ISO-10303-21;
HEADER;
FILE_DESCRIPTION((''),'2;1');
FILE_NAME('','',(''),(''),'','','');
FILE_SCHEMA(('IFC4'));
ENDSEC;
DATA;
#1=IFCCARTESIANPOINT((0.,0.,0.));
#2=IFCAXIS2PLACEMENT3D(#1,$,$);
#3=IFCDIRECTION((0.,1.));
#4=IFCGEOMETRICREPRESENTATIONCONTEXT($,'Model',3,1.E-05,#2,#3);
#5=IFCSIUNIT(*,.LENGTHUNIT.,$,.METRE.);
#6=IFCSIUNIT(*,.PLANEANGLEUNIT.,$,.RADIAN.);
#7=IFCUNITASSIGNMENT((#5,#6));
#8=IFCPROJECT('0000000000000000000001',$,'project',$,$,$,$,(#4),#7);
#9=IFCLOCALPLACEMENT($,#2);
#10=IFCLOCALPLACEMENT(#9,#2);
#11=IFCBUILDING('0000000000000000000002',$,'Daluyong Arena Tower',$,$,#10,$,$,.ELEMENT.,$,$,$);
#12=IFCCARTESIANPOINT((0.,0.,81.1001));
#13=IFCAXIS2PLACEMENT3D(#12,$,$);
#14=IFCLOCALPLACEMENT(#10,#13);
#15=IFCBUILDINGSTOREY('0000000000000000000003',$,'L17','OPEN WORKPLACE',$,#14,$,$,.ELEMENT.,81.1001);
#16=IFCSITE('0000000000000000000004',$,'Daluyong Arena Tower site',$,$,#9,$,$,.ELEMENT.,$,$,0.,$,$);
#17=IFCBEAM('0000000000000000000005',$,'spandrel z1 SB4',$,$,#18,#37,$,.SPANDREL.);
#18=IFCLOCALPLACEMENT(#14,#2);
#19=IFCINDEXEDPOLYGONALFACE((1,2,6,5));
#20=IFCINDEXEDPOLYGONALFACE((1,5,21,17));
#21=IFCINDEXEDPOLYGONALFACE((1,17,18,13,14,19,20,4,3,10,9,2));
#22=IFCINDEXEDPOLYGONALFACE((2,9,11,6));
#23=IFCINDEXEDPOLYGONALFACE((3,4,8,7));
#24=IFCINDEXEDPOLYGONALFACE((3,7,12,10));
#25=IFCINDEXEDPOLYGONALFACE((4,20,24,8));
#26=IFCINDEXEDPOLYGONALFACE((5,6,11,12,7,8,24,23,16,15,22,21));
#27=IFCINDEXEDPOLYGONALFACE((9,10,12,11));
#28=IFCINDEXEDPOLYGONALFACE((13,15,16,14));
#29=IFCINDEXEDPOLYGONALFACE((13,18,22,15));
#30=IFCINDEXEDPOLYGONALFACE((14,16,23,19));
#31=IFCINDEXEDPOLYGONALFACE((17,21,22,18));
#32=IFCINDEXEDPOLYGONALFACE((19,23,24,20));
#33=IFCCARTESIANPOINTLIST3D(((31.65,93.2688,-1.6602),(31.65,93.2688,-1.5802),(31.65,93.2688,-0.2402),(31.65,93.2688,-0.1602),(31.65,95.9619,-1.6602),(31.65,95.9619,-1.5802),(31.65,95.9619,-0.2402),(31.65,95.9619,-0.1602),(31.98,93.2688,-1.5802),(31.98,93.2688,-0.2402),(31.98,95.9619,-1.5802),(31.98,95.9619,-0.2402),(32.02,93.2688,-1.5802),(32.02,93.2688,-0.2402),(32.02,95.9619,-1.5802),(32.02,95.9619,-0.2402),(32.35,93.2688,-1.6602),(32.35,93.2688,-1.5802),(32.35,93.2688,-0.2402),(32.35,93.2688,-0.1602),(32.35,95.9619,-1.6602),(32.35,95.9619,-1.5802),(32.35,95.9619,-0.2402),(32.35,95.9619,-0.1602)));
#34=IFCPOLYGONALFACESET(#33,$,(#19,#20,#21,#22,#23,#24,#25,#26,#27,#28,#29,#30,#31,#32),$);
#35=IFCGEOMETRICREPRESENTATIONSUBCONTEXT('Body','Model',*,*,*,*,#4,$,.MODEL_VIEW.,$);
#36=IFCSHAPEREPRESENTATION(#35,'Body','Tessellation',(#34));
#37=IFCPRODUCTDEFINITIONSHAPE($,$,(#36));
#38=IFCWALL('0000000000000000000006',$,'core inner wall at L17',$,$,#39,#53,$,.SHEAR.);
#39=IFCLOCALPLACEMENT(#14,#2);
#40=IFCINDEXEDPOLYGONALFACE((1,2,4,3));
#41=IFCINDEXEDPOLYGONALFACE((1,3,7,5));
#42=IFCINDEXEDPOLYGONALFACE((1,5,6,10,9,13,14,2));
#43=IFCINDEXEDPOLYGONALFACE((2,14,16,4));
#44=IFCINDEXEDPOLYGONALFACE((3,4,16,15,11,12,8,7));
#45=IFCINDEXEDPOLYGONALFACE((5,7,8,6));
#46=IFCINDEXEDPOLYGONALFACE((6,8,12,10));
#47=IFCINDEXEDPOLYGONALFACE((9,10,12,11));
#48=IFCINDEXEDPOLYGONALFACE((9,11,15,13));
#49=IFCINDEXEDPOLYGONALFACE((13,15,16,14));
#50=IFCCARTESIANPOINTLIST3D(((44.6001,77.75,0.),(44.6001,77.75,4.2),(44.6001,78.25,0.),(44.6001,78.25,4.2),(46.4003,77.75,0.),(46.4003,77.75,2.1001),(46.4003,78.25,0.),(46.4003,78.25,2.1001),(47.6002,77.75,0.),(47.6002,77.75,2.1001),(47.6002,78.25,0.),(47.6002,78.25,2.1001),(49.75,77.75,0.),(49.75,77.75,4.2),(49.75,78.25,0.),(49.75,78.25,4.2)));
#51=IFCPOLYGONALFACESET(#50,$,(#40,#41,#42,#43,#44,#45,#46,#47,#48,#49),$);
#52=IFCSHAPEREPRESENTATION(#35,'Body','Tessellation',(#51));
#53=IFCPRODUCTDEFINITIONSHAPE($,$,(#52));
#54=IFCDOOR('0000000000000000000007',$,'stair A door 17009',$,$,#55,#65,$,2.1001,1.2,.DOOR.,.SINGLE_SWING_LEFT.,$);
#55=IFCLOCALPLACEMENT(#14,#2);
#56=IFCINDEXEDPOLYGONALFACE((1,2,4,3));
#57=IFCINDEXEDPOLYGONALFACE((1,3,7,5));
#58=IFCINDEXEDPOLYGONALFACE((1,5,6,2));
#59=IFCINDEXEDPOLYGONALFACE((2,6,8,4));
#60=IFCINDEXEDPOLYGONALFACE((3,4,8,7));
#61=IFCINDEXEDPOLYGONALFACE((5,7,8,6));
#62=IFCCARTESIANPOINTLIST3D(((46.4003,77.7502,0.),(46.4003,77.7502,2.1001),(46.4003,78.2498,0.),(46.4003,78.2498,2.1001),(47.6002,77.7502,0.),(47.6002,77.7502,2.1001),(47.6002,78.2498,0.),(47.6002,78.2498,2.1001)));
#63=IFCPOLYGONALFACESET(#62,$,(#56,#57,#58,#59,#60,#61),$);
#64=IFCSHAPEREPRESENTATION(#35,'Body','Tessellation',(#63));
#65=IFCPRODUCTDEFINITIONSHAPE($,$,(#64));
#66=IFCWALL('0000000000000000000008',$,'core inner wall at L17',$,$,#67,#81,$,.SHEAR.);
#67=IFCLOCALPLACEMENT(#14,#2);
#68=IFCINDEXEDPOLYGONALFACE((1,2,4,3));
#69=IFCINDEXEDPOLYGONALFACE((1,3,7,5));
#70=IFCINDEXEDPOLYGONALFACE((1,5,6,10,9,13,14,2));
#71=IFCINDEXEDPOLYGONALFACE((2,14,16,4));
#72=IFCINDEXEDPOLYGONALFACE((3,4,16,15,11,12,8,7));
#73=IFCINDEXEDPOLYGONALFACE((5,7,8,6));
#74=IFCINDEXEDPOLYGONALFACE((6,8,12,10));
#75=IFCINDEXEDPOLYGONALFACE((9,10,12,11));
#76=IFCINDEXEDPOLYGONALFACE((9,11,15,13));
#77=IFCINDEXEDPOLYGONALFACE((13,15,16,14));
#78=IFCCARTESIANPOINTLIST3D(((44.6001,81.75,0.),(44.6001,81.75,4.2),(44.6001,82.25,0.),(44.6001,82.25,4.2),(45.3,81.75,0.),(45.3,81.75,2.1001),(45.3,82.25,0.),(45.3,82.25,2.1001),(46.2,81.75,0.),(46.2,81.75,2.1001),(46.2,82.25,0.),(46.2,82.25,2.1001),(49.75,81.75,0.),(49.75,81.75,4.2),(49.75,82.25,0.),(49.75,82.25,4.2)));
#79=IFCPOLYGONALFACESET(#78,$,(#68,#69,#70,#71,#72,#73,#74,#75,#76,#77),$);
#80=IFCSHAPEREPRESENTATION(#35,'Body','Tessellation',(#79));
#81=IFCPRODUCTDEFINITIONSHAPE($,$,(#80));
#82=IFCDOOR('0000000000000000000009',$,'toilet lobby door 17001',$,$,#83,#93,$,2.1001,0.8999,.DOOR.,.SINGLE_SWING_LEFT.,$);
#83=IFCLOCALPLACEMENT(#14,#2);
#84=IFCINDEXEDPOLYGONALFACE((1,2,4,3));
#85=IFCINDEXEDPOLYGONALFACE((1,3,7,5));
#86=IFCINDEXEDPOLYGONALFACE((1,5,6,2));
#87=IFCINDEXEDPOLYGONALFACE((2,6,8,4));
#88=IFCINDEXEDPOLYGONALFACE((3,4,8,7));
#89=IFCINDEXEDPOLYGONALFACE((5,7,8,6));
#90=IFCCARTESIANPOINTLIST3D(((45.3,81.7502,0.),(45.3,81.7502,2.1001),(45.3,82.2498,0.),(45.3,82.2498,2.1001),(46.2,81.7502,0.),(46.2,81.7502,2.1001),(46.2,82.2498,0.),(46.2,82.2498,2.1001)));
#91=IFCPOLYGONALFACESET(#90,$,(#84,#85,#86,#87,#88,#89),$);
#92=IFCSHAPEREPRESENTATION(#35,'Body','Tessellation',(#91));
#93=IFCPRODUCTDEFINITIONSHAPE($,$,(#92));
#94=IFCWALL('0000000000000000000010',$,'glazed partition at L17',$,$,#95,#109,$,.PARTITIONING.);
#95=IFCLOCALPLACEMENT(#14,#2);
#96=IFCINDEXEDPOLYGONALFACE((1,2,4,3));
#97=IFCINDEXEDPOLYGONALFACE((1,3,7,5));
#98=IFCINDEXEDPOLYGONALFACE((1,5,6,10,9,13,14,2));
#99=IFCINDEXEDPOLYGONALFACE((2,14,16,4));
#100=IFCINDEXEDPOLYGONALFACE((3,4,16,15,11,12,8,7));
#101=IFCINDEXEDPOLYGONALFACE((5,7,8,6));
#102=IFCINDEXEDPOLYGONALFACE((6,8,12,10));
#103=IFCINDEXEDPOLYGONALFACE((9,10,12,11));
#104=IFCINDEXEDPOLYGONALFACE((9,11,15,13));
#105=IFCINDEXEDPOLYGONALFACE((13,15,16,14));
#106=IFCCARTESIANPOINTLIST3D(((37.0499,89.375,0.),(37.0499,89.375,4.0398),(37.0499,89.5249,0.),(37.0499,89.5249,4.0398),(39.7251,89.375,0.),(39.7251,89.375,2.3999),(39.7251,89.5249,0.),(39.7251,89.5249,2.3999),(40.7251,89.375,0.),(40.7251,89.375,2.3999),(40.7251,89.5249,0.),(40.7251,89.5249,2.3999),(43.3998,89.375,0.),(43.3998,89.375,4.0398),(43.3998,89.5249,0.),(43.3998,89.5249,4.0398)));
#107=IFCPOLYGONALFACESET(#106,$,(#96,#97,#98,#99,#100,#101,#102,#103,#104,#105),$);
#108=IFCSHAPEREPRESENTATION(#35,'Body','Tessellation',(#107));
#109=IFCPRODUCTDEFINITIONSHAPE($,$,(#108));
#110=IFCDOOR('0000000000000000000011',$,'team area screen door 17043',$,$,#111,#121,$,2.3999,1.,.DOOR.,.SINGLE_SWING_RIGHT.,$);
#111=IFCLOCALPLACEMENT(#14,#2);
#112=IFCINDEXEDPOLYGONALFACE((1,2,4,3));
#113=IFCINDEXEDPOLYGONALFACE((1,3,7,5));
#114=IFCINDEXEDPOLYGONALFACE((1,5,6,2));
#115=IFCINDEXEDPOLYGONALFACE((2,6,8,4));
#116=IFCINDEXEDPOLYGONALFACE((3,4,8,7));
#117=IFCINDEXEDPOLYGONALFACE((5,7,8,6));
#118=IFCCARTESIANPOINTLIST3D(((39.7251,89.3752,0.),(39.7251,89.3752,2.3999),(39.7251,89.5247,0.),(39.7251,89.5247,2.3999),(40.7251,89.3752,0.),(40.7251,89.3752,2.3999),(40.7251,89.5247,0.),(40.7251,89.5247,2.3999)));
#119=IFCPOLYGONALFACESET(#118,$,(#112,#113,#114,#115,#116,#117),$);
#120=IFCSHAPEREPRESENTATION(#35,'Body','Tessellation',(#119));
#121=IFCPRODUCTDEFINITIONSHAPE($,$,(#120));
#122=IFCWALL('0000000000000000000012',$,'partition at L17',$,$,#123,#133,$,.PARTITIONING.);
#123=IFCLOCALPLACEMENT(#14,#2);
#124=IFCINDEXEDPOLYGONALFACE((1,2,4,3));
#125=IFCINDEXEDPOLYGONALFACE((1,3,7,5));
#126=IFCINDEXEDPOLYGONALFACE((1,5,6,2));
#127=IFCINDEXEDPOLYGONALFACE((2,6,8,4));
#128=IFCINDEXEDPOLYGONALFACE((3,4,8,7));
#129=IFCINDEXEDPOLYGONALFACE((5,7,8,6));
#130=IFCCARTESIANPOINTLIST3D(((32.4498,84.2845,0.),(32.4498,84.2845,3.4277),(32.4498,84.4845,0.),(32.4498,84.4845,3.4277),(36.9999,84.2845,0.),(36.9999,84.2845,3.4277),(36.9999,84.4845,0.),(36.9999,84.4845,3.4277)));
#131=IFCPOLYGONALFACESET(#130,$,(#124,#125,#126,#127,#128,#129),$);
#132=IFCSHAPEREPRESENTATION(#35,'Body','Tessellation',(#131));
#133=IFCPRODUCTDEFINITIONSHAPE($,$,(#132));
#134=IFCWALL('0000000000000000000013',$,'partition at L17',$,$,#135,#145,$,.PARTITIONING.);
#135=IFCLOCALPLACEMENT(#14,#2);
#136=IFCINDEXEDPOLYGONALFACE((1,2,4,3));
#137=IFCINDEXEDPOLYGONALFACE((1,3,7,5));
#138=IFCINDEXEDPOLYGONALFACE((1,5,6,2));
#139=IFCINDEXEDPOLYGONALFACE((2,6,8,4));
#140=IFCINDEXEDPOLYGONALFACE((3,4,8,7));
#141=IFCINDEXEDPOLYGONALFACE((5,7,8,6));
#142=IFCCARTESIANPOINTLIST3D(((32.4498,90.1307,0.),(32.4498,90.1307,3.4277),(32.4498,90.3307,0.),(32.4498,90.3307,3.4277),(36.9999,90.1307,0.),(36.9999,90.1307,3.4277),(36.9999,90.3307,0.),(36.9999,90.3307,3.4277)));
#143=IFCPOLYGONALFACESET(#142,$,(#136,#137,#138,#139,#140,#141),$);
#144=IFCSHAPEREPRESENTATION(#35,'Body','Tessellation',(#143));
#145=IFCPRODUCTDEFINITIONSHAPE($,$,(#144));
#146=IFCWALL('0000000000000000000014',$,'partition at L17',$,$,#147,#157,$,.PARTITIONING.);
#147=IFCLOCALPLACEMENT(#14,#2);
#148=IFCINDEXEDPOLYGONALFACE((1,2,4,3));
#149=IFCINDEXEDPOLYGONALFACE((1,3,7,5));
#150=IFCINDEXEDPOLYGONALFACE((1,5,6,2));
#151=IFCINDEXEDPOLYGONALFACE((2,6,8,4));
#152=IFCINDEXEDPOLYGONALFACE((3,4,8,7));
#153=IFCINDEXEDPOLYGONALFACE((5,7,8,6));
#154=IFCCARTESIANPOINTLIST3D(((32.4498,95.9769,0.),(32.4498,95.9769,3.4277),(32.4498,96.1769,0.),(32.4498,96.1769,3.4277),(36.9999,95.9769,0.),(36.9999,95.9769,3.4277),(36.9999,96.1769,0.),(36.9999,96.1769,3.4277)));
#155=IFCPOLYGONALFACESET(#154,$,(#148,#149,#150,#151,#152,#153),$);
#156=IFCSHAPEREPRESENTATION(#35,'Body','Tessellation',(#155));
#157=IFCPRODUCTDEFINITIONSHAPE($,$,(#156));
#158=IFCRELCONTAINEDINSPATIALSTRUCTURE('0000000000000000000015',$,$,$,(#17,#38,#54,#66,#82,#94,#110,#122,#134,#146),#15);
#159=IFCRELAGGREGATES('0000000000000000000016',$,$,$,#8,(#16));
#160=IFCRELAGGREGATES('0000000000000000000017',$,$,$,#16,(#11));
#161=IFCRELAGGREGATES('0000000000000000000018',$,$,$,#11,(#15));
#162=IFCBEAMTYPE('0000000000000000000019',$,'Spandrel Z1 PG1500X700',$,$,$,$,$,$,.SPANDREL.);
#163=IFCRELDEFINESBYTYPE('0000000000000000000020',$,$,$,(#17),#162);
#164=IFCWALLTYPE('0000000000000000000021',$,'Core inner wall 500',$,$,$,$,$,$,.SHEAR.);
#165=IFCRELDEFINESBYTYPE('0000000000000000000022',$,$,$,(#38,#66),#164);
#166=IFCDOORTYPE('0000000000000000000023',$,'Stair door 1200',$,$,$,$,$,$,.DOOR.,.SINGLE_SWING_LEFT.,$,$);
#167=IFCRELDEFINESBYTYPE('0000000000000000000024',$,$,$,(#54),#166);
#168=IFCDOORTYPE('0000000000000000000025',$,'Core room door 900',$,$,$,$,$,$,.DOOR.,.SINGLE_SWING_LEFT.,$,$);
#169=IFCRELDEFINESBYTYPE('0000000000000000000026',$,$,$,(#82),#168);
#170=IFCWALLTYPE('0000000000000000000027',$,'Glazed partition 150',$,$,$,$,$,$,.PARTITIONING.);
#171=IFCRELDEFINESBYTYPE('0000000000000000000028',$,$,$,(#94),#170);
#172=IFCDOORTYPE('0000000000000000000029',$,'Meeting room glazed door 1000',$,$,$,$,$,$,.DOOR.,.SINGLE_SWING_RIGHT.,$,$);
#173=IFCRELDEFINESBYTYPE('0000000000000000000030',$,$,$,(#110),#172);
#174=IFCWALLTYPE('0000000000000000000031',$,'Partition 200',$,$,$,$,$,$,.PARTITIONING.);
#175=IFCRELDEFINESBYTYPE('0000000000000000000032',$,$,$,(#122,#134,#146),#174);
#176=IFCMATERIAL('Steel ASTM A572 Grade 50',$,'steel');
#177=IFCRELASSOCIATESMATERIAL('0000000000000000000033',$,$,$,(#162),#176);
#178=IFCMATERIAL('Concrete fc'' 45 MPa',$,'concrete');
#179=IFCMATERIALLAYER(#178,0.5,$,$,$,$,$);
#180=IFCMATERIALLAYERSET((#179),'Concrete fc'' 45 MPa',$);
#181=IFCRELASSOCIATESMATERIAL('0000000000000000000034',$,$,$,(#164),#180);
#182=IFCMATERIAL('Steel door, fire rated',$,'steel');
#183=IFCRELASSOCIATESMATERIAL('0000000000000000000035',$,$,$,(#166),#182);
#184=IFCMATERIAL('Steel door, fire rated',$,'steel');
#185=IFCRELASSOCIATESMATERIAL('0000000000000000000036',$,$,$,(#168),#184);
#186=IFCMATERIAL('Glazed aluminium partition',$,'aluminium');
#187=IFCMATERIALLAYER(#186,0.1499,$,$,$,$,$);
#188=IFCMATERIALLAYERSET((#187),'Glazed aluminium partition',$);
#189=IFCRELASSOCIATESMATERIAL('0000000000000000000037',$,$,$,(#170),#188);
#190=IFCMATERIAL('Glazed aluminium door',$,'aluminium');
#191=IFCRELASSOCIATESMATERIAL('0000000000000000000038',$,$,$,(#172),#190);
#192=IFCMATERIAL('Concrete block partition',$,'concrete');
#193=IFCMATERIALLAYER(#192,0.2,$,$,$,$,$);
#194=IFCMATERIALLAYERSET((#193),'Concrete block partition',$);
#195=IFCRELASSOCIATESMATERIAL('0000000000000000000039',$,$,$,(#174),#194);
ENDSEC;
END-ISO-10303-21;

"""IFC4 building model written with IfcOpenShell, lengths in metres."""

from ifc_helpers import new_model, si_unit, direction, frame, frame_2d, origin, origin_2d, place, context, subcontext, project, spatial, rectangle, i_section, extrude, material, layer, layer_set, material_profile, profile_set, type_object, element, fill, save


model = new_model("IFC4")

# Units and contexts
model_context = context("Model", 3, precision=1e-05, world=origin(), true_north=direction((0.0, 1.0)))
body_context = subcontext(model_context, "Body", "Model", "MODEL_VIEW")
ifc_project = project(units=[si_unit("LENGTHUNIT", "METRE"), si_unit("PLANEANGLEUNIT", "RADIAN")], contexts=[model_context])

# Site, building, storey
site_placement = place(None, origin())
site = spatial("IfcSite", under=ifc_project, at=site_placement, Name="Daluyong Arena Tower site", CompositionType="ELEMENT", RefElevation=0.0)
building_placement = place(site_placement, origin())
building = spatial("IfcBuilding", under=site, at=building_placement, Name="Daluyong Arena Tower", CompositionType="ELEMENT")
storey_placement = place(building_placement, frame((0.0, 0.0, 81.1001)))
storey = spatial("IfcBuildingStorey", under=building, at=storey_placement, Name="L17", Description="OPEN WORKPLACE", CompositionType="ELEMENT", Elevation=81.1001)

# Beam
ifc_material_1 = material(Name="Steel ASTM A572 Grade 50", Category="steel")
ifc_material_profile_1 = material_profile(ifc_material_1, i_section(OverallWidth=0.7, OverallDepth=1.5, WebThickness=0.04, FlangeThickness=0.08, at=origin_2d()))
ifc_profile_set_1 = profile_set([ifc_material_profile_1], Name="Steel ASTM A572 Grade 50")
beam_type_1 = type_object("IfcBeamType", Name="Spandrel Z1 PG1500X700", PredefinedType="SPANDREL", material=ifc_profile_set_1)
beam_1_placement = place(storey_placement, frame((32.0, 95.9619, -0.9102), z_axis=(0.0, -1.0, 0.0), x_axis=(1.0, 0.0, 0.0)))
element("IfcBeam", 1, at=beam_1_placement, inside=storey, type_object=beam_type_1, Name="spandrel z1 SB4", PredefinedType="SPANDREL", context=body_context, shape_type="SweptSolid", body=[
    extrude(i_section(OverallWidth=0.7, OverallDepth=1.5, WebThickness=0.04, FlangeThickness=0.08, at=origin_2d()), origin(), (0.0, 0.0, 1.0), 2.6931),
])

# Walls, openings, doors
ifc_material_2 = material(Name="Concrete fc' 45 MPa", Category="concrete")
ifc_layer_1 = layer(ifc_material_2, 0.5)
ifc_layer_set_1 = layer_set([ifc_layer_1], Name="Concrete fc' 45 MPa")
wall_type_1 = type_object("IfcWallType", Name="Core inner wall 500", PredefinedType="SHEAR", material=ifc_layer_set_1)
wall_1_placement = place(storey_placement, frame((44.6001, 78.0, 0.0), z_axis=(0.0, 0.0, 1.0), x_axis=(1.0, 0.0, 0.0)))
wall_1 = element("IfcWall", 2, at=wall_1_placement, inside=storey, type_object=wall_type_1, Name="core inner wall at L17", PredefinedType="SHEAR", context=body_context, shape_type="SweptSolid", body=[
    extrude(rectangle(XDim=5.1499, YDim=0.5, at=frame_2d((2.575, 0.0))), origin(), (0.0, 0.0, 1.0), 4.2),
])
opening_1_placement = place(wall_1_placement, frame((1.8, 0.0, 0.0)))
opening_1 = element("IfcOpeningElement", 3, at=opening_1_placement, cuts=wall_1, PredefinedType="OPENING", context=body_context, shape_type="SweptSolid", body=[
    extrude(rectangle(XDim=1.2, YDim=2.1001, at=frame_2d((0.6001, 1.05))), frame((0.0, 0.26, 0.0), z_axis=(0.0, -1.0, 0.0), x_axis=(1.0, 0.0, 0.0)), (0.0, 0.0, 1.0), 0.52),
])
ifc_material_3 = material(Name="Steel door, fire rated", Category="steel")
door_type_1 = type_object("IfcDoorType", Name="Stair door 1200", OperationType="SINGLE_SWING_LEFT", PredefinedType="DOOR", material=ifc_material_3)
door_1_placement = place(opening_1_placement, origin())
door_1 = element("IfcDoor", 4, at=door_1_placement, inside=storey, type_object=door_type_1, Name="stair A door 17009", OperationType="SINGLE_SWING_LEFT", OverallHeight=2.1001, OverallWidth=1.2, PredefinedType="DOOR", context=body_context, shape_type="SweptSolid", body=[
    extrude(rectangle(XDim=1.2, YDim=2.1001, at=frame_2d((0.6001, 1.05))), frame((0.0, 0.2498, 0.0), z_axis=(0.0, -1.0, 0.0), x_axis=(1.0, 0.0, 0.0)), (0.0, 0.0, 1.0), 0.4995),
])
fill(opening_1, door_1)
wall_2_placement = place(storey_placement, frame((44.6001, 82.0, 0.0), z_axis=(0.0, 0.0, 1.0), x_axis=(1.0, 0.0, 0.0)))
wall_2 = element("IfcWall", 5, at=wall_2_placement, inside=storey, type_object=wall_type_1, Name="core inner wall at L17", PredefinedType="SHEAR", context=body_context, shape_type="SweptSolid", body=[
    extrude(rectangle(XDim=5.1499, YDim=0.5, at=frame_2d((2.575, 0.0))), origin(), (0.0, 0.0, 1.0), 4.2),
])
opening_2_placement = place(wall_2_placement, frame((0.7, 0.0, 0.0)))
opening_2 = element("IfcOpeningElement", 6, at=opening_2_placement, cuts=wall_2, PredefinedType="OPENING", context=body_context, shape_type="SweptSolid", body=[
    extrude(rectangle(XDim=0.8999, YDim=2.1001, at=frame_2d((0.45, 1.05))), frame((0.0, 0.26, 0.0), z_axis=(0.0, -1.0, 0.0), x_axis=(1.0, 0.0, 0.0)), (0.0, 0.0, 1.0), 0.52),
])
ifc_material_4 = material(Name="Steel door, fire rated", Category="steel")
door_type_2 = type_object("IfcDoorType", Name="Core room door 900", OperationType="SINGLE_SWING_LEFT", PredefinedType="DOOR", material=ifc_material_4)
door_2_placement = place(opening_2_placement, origin())
door_2 = element("IfcDoor", 7, at=door_2_placement, inside=storey, type_object=door_type_2, Name="toilet lobby door 17001", OperationType="SINGLE_SWING_LEFT", OverallHeight=2.1001, OverallWidth=0.8999, PredefinedType="DOOR", context=body_context, shape_type="SweptSolid", body=[
    extrude(rectangle(XDim=0.8999, YDim=2.1001, at=frame_2d((0.45, 1.05))), frame((0.0, 0.2498, 0.0), z_axis=(0.0, -1.0, 0.0), x_axis=(1.0, 0.0, 0.0)), (0.0, 0.0, 1.0), 0.4995),
])
fill(opening_2, door_2)
ifc_material_5 = material(Name="Glazed aluminium partition", Category="aluminium")
ifc_layer_2 = layer(ifc_material_5, 0.1499)
ifc_layer_set_2 = layer_set([ifc_layer_2], Name="Glazed aluminium partition")
wall_type_2 = type_object("IfcWallType", Name="Glazed partition 150", PredefinedType="PARTITIONING", material=ifc_layer_set_2)
wall_3_placement = place(storey_placement, frame((37.05, 89.45, 0.0), z_axis=(0.0, 0.0, 1.0), x_axis=(1.0, 0.0, 0.0)))
wall_3 = element("IfcWall", 8, at=wall_3_placement, inside=storey, type_object=wall_type_2, Name="glazed partition at L17", PredefinedType="PARTITIONING", context=body_context, shape_type="SweptSolid", body=[
    extrude(rectangle(XDim=6.3499, YDim=0.1499, at=frame_2d((3.1748, 0.0))), origin(), (0.0, 0.0, 1.0), 4.0398),
])
opening_3_placement = place(wall_3_placement, frame((2.675, 0.0, 0.0)))
opening_3 = element("IfcOpeningElement", 9, at=opening_3_placement, cuts=wall_3, PredefinedType="OPENING", context=body_context, shape_type="SweptSolid", body=[
    extrude(rectangle(XDim=1.0, YDim=2.3999, at=frame_2d((0.5, 1.2))), frame((0.0, 0.085, 0.0), z_axis=(0.0, -1.0, 0.0), x_axis=(1.0, 0.0, 0.0)), (0.0, 0.0, 1.0), 0.1699),
])
ifc_material_6 = material(Name="Glazed aluminium door", Category="aluminium")
door_type_3 = type_object("IfcDoorType", Name="Meeting room glazed door 1000", OperationType="SINGLE_SWING_RIGHT", PredefinedType="DOOR", material=ifc_material_6)
door_3_placement = place(opening_3_placement, origin())
door_3 = element("IfcDoor", 10, at=door_3_placement, inside=storey, type_object=door_type_3, Name="team area screen door 17043", OperationType="SINGLE_SWING_RIGHT", OverallHeight=2.3999, OverallWidth=1.0, PredefinedType="DOOR", context=body_context, shape_type="SweptSolid", body=[
    extrude(rectangle(XDim=1.0, YDim=2.3999, at=frame_2d((0.5, 1.2))), frame((0.0, 0.0747, 0.0), z_axis=(0.0, -1.0, 0.0), x_axis=(1.0, 0.0, 0.0)), (0.0, 0.0, 1.0), 0.1494),
])
fill(opening_3, door_3)

# Walls
ifc_material_7 = material(Name="Concrete block partition", Category="concrete")
ifc_layer_3 = layer(ifc_material_7, 0.2)
ifc_layer_set_3 = layer_set([ifc_layer_3], Name="Concrete block partition")
wall_type_3 = type_object("IfcWallType", Name="Partition 200", PredefinedType="PARTITIONING", material=ifc_layer_set_3)
for number, where, z_axis, x_axis, name in (
    (11, (32.45, 84.3845, 0.0), (0.0, 0.0, 1.0), (1.0, 0.0, 0.0), "partition at L17"),
    (12, (32.45, 90.2307, 0.0), (0.0, 0.0, 1.0), (1.0, 0.0, 0.0), "partition at L17"),
    (13, (32.45, 96.0769, 0.0), (0.0, 0.0, 1.0), (1.0, 0.0, 0.0), "partition at L17"),
):
    element("IfcWall", number, at=place(storey_placement, frame(where, z_axis=z_axis, x_axis=x_axis)), inside=storey, type_object=wall_type_3, Name=name, PredefinedType="PARTITIONING", context=body_context, shape_type="SweptSolid", body=[
        extrude(rectangle(XDim=4.55, YDim=0.2, at=frame_2d((2.2749, 0.0))), origin(), (0.0, 0.0, 1.0), 3.4277),
    ])

save(model, "model.ifc")
